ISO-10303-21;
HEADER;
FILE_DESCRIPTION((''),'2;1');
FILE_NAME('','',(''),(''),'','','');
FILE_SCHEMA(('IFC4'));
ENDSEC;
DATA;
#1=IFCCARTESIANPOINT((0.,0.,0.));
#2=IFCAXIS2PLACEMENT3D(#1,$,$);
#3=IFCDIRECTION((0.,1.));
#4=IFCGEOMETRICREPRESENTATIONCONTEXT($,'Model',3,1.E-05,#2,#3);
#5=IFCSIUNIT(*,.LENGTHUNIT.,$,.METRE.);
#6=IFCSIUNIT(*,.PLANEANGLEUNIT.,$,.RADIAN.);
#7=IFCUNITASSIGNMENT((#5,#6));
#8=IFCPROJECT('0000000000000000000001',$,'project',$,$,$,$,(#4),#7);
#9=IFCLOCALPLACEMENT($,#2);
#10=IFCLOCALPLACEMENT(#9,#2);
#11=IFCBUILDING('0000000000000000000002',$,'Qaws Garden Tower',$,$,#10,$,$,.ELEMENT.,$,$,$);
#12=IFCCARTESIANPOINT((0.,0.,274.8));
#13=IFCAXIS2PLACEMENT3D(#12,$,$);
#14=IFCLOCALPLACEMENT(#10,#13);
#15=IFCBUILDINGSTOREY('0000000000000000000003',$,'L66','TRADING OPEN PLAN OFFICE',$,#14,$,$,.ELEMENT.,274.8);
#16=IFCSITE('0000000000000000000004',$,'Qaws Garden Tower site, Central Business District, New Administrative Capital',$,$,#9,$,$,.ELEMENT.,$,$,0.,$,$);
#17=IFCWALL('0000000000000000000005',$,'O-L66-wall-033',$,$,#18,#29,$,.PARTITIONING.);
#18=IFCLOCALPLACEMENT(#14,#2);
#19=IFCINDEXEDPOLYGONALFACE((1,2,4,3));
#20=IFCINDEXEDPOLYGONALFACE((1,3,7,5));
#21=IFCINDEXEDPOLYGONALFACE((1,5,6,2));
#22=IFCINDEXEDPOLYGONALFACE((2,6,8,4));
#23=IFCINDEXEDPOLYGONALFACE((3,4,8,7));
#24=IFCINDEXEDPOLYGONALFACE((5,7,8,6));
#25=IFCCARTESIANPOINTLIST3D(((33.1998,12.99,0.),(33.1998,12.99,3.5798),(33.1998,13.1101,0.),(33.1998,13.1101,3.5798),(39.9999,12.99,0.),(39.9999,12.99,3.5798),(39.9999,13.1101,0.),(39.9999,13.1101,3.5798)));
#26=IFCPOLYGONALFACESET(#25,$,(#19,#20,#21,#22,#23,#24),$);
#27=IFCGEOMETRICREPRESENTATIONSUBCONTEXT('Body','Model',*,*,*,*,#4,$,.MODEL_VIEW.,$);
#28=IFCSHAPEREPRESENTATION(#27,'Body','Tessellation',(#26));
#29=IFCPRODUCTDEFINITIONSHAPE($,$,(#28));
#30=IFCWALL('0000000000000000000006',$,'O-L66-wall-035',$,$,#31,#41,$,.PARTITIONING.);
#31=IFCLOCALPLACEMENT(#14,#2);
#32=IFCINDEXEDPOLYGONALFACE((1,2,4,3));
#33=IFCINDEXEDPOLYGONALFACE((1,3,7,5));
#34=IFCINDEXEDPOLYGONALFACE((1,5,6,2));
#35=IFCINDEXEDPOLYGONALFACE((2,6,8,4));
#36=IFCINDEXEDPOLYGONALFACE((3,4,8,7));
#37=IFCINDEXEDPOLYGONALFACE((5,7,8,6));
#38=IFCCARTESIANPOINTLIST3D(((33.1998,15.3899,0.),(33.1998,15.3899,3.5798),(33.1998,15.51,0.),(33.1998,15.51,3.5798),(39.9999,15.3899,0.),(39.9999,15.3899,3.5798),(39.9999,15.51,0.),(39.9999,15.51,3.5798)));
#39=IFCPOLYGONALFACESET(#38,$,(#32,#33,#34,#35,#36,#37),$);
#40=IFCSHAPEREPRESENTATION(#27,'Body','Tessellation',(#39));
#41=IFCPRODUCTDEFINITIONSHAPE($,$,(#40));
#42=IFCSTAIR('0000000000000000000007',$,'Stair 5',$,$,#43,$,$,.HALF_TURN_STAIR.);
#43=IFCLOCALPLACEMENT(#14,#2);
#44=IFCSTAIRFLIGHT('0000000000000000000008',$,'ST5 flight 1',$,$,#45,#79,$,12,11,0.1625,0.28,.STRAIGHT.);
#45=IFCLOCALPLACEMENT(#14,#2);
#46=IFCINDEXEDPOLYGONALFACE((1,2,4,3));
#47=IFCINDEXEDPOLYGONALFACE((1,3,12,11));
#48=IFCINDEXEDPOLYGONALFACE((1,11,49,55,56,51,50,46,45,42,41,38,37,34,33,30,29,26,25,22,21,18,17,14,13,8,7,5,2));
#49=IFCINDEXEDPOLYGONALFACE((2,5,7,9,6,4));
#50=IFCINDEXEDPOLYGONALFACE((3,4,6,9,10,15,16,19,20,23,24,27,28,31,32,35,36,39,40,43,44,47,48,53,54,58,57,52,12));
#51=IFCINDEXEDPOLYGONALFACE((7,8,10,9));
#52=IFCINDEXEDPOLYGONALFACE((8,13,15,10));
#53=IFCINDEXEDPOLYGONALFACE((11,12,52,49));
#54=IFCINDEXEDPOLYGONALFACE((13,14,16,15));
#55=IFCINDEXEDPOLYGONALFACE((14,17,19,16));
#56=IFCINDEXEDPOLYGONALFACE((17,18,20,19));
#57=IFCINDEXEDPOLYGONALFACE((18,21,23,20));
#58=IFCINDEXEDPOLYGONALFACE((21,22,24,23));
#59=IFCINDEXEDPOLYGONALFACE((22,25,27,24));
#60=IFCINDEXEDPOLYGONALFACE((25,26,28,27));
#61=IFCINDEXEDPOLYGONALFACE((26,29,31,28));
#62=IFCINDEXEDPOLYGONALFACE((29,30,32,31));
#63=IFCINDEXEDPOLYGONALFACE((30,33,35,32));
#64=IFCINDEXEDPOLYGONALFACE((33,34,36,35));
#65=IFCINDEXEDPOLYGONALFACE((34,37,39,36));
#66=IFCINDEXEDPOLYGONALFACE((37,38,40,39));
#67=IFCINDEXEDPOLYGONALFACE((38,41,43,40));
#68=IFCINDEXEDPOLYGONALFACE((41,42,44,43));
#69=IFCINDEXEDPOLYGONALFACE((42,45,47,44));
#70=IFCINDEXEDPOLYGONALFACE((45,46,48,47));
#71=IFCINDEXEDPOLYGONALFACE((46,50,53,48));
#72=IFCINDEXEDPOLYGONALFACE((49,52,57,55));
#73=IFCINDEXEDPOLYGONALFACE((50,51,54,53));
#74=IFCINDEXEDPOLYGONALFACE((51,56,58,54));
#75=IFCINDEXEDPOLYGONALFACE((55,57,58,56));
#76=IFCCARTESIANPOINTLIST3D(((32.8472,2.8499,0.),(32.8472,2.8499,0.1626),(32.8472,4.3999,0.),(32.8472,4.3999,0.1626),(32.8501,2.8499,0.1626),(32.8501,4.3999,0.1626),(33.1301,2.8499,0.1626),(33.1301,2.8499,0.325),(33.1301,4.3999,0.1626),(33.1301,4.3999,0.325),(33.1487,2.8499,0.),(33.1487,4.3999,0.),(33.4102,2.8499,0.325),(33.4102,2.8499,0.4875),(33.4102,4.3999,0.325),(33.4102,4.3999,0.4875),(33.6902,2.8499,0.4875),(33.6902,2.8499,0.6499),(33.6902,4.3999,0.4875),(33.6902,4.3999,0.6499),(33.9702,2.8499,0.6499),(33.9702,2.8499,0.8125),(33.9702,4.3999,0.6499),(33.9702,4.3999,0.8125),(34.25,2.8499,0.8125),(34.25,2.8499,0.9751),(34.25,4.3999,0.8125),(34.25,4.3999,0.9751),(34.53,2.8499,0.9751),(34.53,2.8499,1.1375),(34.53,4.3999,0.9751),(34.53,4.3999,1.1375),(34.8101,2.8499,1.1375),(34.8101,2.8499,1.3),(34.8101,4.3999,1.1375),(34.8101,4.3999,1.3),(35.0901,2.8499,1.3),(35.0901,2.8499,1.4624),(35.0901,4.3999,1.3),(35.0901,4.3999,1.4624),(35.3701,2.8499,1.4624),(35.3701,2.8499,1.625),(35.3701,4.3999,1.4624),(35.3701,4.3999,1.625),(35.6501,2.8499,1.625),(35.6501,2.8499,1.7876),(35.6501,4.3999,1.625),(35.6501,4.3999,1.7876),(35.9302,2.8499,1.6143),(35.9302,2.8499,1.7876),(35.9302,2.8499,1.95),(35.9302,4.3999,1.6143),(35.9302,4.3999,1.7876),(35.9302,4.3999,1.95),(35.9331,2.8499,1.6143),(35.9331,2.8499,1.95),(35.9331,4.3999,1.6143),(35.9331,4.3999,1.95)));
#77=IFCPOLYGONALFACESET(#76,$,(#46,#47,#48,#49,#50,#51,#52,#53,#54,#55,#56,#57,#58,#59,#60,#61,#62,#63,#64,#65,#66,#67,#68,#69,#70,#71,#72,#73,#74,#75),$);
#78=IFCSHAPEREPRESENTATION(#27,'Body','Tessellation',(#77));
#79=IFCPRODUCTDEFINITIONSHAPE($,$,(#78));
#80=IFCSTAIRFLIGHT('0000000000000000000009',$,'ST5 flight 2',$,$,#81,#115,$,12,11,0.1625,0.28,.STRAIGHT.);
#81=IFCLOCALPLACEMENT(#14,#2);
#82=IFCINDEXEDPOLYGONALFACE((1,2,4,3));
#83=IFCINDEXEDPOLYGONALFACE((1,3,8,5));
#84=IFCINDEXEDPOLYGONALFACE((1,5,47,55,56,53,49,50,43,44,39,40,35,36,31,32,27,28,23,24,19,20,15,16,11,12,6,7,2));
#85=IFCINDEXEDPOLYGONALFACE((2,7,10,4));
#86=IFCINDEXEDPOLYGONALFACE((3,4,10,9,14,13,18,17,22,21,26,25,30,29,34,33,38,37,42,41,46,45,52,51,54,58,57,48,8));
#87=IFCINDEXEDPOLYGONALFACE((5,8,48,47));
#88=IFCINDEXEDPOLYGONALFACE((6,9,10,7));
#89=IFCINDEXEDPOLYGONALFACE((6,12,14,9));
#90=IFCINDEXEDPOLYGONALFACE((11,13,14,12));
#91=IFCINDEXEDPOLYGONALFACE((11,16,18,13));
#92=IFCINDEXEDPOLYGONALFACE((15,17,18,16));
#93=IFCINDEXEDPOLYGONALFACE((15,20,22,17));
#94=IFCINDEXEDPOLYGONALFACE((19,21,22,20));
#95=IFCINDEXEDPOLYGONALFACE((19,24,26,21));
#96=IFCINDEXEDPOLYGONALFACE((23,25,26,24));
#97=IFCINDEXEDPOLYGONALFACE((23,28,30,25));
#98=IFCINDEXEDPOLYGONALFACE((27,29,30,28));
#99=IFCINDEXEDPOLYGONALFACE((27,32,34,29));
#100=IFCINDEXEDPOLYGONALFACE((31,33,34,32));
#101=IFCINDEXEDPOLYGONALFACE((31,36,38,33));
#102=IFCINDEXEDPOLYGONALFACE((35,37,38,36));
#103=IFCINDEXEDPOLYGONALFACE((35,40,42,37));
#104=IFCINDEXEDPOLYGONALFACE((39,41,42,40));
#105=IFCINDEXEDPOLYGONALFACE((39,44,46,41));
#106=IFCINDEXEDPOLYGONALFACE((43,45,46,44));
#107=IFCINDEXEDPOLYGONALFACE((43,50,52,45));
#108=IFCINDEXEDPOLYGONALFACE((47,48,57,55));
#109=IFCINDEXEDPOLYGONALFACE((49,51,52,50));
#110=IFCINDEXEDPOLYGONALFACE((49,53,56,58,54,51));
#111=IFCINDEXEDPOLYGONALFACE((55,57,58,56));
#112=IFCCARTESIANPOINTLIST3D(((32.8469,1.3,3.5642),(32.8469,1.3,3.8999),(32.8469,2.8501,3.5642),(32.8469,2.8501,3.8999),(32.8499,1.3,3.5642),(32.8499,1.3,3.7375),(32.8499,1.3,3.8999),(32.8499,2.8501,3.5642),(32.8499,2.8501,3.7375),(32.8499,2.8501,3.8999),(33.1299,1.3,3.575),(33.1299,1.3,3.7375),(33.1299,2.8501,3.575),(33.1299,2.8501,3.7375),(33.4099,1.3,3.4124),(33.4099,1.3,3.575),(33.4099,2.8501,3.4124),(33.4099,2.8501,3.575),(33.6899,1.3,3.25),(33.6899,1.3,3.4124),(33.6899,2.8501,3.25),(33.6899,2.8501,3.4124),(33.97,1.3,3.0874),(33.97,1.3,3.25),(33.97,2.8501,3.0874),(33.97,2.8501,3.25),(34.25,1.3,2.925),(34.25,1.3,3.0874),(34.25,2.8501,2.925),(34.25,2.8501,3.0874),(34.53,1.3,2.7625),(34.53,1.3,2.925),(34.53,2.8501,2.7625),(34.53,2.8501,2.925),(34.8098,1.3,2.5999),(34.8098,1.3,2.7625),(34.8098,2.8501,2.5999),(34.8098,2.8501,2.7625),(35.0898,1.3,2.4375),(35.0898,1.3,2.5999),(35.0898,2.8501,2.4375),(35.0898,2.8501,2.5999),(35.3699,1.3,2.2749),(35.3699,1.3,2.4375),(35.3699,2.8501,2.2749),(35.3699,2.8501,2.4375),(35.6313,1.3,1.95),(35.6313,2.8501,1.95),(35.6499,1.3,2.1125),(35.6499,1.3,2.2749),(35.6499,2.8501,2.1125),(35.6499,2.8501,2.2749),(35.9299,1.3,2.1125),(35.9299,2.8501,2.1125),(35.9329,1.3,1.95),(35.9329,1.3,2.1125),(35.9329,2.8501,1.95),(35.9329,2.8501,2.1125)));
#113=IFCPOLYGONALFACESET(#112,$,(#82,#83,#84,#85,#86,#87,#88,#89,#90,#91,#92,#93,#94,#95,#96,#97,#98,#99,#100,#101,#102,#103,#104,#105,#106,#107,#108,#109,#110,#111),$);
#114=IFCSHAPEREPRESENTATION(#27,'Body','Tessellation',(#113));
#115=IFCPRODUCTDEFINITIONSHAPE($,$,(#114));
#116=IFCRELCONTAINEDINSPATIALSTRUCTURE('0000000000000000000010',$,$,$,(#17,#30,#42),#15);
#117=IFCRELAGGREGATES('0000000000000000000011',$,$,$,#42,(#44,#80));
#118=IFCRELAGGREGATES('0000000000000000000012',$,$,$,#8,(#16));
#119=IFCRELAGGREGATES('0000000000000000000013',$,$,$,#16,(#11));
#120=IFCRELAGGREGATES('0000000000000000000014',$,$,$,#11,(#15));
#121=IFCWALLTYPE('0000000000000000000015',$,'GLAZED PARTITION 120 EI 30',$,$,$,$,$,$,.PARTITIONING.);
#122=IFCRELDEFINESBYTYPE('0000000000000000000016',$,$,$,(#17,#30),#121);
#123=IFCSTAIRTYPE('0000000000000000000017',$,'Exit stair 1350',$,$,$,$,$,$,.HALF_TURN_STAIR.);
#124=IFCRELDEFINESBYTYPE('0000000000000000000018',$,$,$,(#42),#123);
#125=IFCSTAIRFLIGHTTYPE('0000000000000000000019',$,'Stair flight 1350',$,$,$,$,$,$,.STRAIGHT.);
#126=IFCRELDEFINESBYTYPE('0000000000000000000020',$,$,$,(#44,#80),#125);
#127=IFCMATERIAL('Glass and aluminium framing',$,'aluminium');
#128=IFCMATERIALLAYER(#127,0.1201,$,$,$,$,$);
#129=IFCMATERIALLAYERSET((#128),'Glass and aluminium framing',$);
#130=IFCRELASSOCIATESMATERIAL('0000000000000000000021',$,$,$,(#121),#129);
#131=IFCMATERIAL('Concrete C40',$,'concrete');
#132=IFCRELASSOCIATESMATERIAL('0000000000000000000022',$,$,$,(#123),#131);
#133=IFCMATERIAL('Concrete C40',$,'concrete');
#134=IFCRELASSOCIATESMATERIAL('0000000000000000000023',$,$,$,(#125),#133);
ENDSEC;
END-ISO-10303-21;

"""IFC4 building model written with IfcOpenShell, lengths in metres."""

from ifc_helpers import new_model, si_unit, direction, frame, frame_2d, origin, place, context, subcontext, project, spatial, polyline, rectangle, outline, extrude, material, layer, layer_set, type_object, element, aggregate, save


model = new_model("IFC4")

# Units and contexts
model_context = context("Model", 3, precision=1e-05, world=origin(), true_north=direction((0.0, 1.0)))
body_context = subcontext(model_context, "Body", "Model", "MODEL_VIEW")
ifc_project = project(units=[si_unit("LENGTHUNIT", "METRE"), si_unit("PLANEANGLEUNIT", "RADIAN")], contexts=[model_context])

# Site, building, storey
site_placement = place(None, origin())
site = spatial("IfcSite", under=ifc_project, at=site_placement, Name="Qaws Garden Tower site, Central Business District, New Administrative Capital", CompositionType="ELEMENT", RefElevation=0.0)
building_placement = place(site_placement, origin())
building = spatial("IfcBuilding", under=site, at=building_placement, Name="Qaws Garden Tower", CompositionType="ELEMENT")
storey_placement = place(building_placement, frame((0.0, 0.0, 274.8)))
storey = spatial("IfcBuildingStorey", under=building, at=storey_placement, Name="L66", Description="TRADING OPEN PLAN OFFICE", CompositionType="ELEMENT", Elevation=274.8)

# Shared definitions
ifc_material_1 = material(Name="Glass and aluminium framing", Category="aluminium")
ifc_layer_1 = layer(ifc_material_1, 0.1201)
ifc_layer_set_1 = layer_set([ifc_layer_1], Name="Glass and aluminium framing")
wall_type_1 = type_object("IfcWallType", Name="GLAZED PARTITION 120 EI 30", PredefinedType="PARTITIONING", material=ifc_layer_set_1)

# Walls
for number, where, z_axis, x_axis, name in (
    (1, (33.2, 13.05, 0.0), (0.0, 0.0, 1.0), (1.0, 0.0, 0.0), "O-L66-wall-033"),
    (2, (33.2, 15.45, 0.0), (0.0, 0.0, 1.0), (1.0, 0.0, 0.0), "O-L66-wall-035"),
):
    element("IfcWall", number, at=place(storey_placement, frame(where, z_axis=z_axis, x_axis=x_axis)), inside=storey, type_object=wall_type_1, Name=name, PredefinedType="PARTITIONING", context=body_context, shape_type="SweptSolid", body=[
        extrude(rectangle(XDim=6.8, YDim=0.1201, at=frame_2d((3.3999, 0.0))), origin(), (0.0, 0.0, 1.0), 3.5798),
    ])

# Stair, stair flights
ifc_material_2 = material(Name="Concrete C40", Category="concrete")
stair_type = type_object("IfcStairType", Name="Exit stair 1350", PredefinedType="HALF_TURN_STAIR", material=ifc_material_2)
stair_placement = place(storey_placement, origin())
stair = element("IfcStair", 3, at=stair_placement, inside=storey, type_object=stair_type, Name="Stair 5", PredefinedType="HALF_TURN_STAIR")
ifc_material_3 = material(Name="Concrete C40", Category="concrete")
stair_flight_type = type_object("IfcStairFlightType", Name="Stair flight 1350", PredefinedType="STRAIGHT", material=ifc_material_3)
stair_flight_1_placement = place(storey_placement, frame((32.8501, 3.625, 0.0), z_axis=(0.0, 0.0, 1.0), x_axis=(1.0, 0.0, 0.0)))
stair_flight_1 = element("IfcStairFlight", 4, at=stair_flight_1_placement, type_object=stair_flight_type, Name="ST5 flight 1", NumberOfRisers=12, NumberOfTreads=11, PredefinedType="STRAIGHT", RiserHeight=0.1625, TreadLength=0.28, context=body_context, shape_type="SweptSolid", body=[
    extrude(outline(polyline([(-0.0029, 0.0), (-0.0029, 0.1626), (0.0, 0.1626), (0.28, 0.1626), (0.28, 0.325), (0.5601, 0.325), (0.5601, 0.4875), (0.8401, 0.4875), (0.8401, 0.6499), (1.1201, 0.6499), (1.1201, 0.8125), (1.3999, 0.8125), (1.3999, 0.9751), (1.6799, 0.9751), (1.6799, 1.1375), (1.96, 1.1375), (1.96, 1.3), (2.24, 1.3), (2.24, 1.4624), (2.52, 1.4624), (2.52, 1.625), (2.8, 1.625), (2.8, 1.7876), (3.0801, 1.7876), (3.0801, 1.95), (3.083, 1.95), (3.083, 1.6143), (3.0801, 1.6143), (0.2986, 0.0), (-0.0029, 0.0)])), frame((0.0, 0.7749, 0.0), z_axis=(0.0, -1.0, 0.0), x_axis=(1.0, 0.0, 0.0)), (0.0, 0.0, 1.0), 1.55),
])
stair_flight_2_placement = place(storey_placement, frame((35.9299, 2.075, 1.95), z_axis=(0.0, 0.0, 1.0), x_axis=(-1.0, 0.0, 0.0)))
stair_flight_2 = element("IfcStairFlight", 5, at=stair_flight_2_placement, type_object=stair_flight_type, Name="ST5 flight 2", NumberOfRisers=12, NumberOfTreads=11, PredefinedType="STRAIGHT", RiserHeight=0.1625, TreadLength=0.28, context=body_context, shape_type="SweptSolid", body=[
    extrude(outline(polyline([(-0.0029, 0.0), (-0.0029, 0.1626), (0.0, 0.1626), (0.28, 0.1626), (0.28, 0.325), (0.5601, 0.325), (0.5601, 0.4875), (0.8401, 0.4875), (0.8401, 0.6499), (1.1201, 0.6499), (1.1201, 0.8125), (1.3999, 0.8125), (1.3999, 0.9751), (1.6799, 0.9751), (1.6799, 1.1375), (1.96, 1.1375), (1.96, 1.3), (2.24, 1.3), (2.24, 1.4624), (2.52, 1.4624), (2.52, 1.625), (2.8, 1.625), (2.8, 1.7876), (3.0801, 1.7876), (3.0801, 1.95), (3.083, 1.95), (3.083, 1.6143), (3.0801, 1.6143), (0.2986, 0.0), (-0.0029, 0.0)])), frame((0.0, 0.7749, 0.0), z_axis=(0.0, -1.0, 0.0), x_axis=(1.0, 0.0, 0.0)), (0.0, 0.0, 1.0), 1.55),
])
aggregate(stair, [stair_flight_1, stair_flight_2])

save(model, "model.ifc")
